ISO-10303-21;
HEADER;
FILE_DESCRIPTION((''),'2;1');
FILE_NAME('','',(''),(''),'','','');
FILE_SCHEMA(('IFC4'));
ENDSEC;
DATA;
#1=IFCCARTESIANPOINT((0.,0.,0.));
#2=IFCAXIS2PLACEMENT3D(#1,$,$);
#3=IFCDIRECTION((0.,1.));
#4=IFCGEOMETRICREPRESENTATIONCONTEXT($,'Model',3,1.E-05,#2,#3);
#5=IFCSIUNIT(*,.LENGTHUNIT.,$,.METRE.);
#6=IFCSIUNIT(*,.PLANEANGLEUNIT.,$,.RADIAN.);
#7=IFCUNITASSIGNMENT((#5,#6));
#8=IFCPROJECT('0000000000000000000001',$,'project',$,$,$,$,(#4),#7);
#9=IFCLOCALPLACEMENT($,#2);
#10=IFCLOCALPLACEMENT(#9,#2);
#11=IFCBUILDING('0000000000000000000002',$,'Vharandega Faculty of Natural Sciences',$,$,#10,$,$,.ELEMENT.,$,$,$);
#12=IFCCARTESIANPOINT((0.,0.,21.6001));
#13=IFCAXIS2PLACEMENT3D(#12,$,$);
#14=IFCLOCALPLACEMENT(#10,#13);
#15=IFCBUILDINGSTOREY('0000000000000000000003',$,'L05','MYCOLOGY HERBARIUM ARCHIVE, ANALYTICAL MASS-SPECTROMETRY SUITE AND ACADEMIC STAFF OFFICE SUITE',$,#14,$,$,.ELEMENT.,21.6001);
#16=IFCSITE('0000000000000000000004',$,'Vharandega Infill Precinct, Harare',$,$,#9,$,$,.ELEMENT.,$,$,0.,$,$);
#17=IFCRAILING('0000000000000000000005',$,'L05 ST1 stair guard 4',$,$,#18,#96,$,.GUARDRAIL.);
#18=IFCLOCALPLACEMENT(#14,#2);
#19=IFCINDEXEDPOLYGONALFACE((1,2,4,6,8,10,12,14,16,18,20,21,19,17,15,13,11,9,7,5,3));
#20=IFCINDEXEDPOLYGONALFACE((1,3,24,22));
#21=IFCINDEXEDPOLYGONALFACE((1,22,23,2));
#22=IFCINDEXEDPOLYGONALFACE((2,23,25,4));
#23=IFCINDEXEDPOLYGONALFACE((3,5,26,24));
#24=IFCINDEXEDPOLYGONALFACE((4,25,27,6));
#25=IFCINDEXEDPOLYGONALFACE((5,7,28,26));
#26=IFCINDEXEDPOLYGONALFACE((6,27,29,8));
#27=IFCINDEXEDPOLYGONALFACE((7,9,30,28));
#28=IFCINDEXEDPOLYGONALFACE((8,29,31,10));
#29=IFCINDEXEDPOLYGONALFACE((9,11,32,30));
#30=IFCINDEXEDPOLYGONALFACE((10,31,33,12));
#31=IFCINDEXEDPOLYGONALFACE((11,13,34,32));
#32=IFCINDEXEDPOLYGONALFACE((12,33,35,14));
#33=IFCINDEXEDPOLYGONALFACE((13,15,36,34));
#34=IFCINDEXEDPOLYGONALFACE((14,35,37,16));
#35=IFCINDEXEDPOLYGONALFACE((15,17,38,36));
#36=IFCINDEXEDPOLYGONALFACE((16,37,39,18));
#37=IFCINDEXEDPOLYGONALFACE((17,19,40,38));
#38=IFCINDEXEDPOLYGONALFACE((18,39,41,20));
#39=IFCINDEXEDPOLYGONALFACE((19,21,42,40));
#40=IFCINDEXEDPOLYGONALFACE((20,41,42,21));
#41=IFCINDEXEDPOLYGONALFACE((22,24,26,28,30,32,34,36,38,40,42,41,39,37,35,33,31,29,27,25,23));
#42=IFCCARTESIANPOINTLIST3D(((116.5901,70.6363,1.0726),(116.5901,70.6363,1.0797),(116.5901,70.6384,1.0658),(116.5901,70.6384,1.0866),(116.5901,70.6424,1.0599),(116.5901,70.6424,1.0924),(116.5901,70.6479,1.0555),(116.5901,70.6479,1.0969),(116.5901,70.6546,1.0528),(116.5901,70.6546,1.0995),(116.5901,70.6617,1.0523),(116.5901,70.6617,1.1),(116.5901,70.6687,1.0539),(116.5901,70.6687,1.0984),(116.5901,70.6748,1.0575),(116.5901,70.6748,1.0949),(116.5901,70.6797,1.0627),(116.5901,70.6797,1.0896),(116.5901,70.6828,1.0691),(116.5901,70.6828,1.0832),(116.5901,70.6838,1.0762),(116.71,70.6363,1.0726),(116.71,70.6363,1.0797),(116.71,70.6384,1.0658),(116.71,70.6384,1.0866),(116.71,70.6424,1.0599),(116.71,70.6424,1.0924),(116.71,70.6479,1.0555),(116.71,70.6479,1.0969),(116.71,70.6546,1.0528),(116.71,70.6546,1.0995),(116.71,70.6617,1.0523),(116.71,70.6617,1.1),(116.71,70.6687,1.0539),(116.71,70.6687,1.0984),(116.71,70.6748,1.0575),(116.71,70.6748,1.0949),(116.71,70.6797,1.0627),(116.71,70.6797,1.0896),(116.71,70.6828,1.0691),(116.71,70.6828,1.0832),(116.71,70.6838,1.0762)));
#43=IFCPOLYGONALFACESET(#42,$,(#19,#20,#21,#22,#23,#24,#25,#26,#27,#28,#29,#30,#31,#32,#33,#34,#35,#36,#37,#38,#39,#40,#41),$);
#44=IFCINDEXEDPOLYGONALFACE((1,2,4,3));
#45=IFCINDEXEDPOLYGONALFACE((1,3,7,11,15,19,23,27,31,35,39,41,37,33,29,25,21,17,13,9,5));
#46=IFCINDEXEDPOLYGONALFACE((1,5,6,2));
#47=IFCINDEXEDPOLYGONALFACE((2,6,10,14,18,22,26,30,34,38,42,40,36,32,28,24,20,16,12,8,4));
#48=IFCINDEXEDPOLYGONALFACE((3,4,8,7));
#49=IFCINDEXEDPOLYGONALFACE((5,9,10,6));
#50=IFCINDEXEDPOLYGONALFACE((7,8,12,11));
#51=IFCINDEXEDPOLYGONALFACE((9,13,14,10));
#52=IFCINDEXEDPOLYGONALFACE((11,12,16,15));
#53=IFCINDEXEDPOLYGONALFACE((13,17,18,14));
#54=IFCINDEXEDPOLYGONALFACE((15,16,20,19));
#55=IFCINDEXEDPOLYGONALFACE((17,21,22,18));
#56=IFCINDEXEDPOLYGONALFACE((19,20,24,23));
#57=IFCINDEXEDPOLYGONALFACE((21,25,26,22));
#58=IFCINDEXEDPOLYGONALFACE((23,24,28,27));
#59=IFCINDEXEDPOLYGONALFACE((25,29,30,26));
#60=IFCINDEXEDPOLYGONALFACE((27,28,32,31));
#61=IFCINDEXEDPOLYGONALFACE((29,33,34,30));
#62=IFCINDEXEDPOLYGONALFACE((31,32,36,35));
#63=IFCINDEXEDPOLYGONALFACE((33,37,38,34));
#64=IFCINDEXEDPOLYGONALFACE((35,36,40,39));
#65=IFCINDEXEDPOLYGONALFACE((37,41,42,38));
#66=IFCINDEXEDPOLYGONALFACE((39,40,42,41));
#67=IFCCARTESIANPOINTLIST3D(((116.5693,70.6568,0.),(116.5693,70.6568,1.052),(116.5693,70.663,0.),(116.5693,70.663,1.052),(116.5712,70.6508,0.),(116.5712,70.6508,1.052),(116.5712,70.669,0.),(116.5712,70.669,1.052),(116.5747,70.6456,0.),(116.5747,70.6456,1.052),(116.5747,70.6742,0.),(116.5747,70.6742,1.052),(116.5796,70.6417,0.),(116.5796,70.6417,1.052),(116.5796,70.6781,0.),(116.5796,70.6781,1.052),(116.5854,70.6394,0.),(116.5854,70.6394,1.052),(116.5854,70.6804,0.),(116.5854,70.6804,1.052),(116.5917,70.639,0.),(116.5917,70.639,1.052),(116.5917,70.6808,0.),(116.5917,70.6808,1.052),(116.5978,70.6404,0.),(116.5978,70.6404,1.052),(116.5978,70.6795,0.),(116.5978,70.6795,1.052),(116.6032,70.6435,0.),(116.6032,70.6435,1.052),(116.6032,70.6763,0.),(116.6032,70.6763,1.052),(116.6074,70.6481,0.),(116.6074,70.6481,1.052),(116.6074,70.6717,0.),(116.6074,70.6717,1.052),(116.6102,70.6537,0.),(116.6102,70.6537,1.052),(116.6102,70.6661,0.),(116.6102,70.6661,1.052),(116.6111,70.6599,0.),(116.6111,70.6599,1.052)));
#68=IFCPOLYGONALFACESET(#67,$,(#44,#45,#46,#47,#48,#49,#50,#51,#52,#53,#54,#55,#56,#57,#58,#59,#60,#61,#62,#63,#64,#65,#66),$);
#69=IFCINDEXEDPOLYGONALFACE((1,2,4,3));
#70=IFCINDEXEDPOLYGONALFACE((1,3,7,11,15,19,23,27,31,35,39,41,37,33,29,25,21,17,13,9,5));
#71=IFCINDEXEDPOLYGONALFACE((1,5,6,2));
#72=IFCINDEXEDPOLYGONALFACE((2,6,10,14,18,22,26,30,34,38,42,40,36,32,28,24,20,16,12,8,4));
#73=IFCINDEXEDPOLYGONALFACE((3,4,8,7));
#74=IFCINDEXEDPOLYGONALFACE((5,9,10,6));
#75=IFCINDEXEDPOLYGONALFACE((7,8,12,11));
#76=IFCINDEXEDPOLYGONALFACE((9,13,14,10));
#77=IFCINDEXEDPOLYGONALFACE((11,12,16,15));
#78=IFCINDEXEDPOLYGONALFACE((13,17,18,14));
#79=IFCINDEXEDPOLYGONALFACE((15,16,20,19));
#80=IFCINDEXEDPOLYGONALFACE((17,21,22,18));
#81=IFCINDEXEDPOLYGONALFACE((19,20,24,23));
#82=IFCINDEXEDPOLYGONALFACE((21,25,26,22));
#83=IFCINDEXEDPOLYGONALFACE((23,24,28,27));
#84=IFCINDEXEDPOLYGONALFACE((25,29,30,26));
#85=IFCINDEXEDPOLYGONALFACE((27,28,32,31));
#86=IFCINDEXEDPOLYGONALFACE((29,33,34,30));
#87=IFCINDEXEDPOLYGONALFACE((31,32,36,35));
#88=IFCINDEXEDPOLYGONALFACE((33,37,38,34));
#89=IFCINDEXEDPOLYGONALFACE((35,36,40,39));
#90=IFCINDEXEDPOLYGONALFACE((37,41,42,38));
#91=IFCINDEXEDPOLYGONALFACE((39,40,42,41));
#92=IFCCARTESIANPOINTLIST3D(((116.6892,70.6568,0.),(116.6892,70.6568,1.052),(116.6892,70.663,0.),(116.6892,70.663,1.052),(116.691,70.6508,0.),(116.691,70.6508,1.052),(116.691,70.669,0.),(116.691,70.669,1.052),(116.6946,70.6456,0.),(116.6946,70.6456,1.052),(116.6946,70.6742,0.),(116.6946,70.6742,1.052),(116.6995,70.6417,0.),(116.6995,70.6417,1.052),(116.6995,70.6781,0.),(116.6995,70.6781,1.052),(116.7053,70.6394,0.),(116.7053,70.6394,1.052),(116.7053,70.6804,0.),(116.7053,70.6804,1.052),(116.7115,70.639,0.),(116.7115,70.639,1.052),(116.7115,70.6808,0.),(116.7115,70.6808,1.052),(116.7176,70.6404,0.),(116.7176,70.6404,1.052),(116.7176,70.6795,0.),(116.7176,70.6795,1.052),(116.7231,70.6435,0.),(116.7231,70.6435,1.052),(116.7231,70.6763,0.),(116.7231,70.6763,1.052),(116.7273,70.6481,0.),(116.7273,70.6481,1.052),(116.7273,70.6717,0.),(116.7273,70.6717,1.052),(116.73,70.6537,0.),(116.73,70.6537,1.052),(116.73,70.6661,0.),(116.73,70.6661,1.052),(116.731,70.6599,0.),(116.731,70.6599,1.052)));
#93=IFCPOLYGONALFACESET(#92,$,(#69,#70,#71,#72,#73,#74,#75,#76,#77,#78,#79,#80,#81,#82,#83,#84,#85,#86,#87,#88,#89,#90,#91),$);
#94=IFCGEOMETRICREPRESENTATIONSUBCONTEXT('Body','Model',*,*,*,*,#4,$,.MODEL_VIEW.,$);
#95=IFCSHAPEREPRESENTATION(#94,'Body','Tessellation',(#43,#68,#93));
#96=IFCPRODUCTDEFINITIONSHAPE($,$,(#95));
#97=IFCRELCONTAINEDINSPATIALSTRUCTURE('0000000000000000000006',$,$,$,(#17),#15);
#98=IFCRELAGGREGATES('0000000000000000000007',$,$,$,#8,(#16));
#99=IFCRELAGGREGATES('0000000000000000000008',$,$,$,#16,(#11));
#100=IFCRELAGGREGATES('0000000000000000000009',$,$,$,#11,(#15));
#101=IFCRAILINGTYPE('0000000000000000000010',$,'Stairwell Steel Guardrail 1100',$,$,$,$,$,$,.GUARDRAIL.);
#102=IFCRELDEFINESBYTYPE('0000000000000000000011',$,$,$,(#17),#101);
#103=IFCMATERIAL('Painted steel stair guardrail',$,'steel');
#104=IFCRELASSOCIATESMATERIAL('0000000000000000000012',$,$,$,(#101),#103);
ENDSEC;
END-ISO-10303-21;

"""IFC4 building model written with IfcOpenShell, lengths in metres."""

from ifc_helpers import new_model, si_unit, direction, frame, origin, origin_2d, place, context, subcontext, project, spatial, circle, extrude, material, type_object, element, save


model = new_model("IFC4")

# Units and contexts
model_context = context("Model", 3, precision=1e-05, world=origin(), true_north=direction((0.0, 1.0)))
body_context = subcontext(model_context, "Body", "Model", "MODEL_VIEW")
ifc_project = project(units=[si_unit("LENGTHUNIT", "METRE"), si_unit("PLANEANGLEUNIT", "RADIAN")], contexts=[model_context])

# Site, building, storey
site_placement = place(None, origin())
site = spatial("IfcSite", under=ifc_project, at=site_placement, Name="Vharandega Infill Precinct, Harare", CompositionType="ELEMENT", RefElevation=0.0)
building_placement = place(site_placement, origin())
building = spatial("IfcBuilding", under=site, at=building_placement, Name="Vharandega Faculty of Natural Sciences", CompositionType="ELEMENT")
storey_placement = place(building_placement, frame((0.0, 0.0, 21.6001)))
storey = spatial("IfcBuildingStorey", under=building, at=storey_placement, Name="L05", Description="MYCOLOGY HERBARIUM ARCHIVE, ANALYTICAL MASS-SPECTROMETRY SUITE AND ACADEMIC STAFF OFFICE SUITE", CompositionType="ELEMENT", Elevation=21.6001)

# Railing
ifc_material_1 = material(Name="Painted steel stair guardrail", Category="steel")
railing_type_1 = type_object("IfcRailingType", Name="Stairwell Steel Guardrail 1100", PredefinedType="GUARDRAIL", material=ifc_material_1)
railing_1_placement = place(storey_placement, frame((116.5901, 70.6599, 0.0)))
element("IfcRailing", 1, at=railing_1_placement, inside=storey, type_object=railing_type_1, Name="L05 ST1 stair guard 4", PredefinedType="GUARDRAIL", context=body_context, shape_type="SweptSolid", body=[
    extrude(circle(Radius=0.0239, at=origin_2d()), frame((0.0, 0.0, 1.0762), z_axis=(1.0, 0.0, 0.0), x_axis=(0.0, 1.0, 0.0)), (0.0, 0.0, 1.0), 0.1199),
    extrude(circle(Radius=0.021, at=origin_2d()), origin(), (0.0, 0.0, 1.0), 1.052),
    extrude(circle(Radius=0.021, at=origin_2d()), frame((0.1199, 0.0, 0.0)), (0.0, 0.0, 1.0), 1.052),
])

save(model, "model.ifc")
